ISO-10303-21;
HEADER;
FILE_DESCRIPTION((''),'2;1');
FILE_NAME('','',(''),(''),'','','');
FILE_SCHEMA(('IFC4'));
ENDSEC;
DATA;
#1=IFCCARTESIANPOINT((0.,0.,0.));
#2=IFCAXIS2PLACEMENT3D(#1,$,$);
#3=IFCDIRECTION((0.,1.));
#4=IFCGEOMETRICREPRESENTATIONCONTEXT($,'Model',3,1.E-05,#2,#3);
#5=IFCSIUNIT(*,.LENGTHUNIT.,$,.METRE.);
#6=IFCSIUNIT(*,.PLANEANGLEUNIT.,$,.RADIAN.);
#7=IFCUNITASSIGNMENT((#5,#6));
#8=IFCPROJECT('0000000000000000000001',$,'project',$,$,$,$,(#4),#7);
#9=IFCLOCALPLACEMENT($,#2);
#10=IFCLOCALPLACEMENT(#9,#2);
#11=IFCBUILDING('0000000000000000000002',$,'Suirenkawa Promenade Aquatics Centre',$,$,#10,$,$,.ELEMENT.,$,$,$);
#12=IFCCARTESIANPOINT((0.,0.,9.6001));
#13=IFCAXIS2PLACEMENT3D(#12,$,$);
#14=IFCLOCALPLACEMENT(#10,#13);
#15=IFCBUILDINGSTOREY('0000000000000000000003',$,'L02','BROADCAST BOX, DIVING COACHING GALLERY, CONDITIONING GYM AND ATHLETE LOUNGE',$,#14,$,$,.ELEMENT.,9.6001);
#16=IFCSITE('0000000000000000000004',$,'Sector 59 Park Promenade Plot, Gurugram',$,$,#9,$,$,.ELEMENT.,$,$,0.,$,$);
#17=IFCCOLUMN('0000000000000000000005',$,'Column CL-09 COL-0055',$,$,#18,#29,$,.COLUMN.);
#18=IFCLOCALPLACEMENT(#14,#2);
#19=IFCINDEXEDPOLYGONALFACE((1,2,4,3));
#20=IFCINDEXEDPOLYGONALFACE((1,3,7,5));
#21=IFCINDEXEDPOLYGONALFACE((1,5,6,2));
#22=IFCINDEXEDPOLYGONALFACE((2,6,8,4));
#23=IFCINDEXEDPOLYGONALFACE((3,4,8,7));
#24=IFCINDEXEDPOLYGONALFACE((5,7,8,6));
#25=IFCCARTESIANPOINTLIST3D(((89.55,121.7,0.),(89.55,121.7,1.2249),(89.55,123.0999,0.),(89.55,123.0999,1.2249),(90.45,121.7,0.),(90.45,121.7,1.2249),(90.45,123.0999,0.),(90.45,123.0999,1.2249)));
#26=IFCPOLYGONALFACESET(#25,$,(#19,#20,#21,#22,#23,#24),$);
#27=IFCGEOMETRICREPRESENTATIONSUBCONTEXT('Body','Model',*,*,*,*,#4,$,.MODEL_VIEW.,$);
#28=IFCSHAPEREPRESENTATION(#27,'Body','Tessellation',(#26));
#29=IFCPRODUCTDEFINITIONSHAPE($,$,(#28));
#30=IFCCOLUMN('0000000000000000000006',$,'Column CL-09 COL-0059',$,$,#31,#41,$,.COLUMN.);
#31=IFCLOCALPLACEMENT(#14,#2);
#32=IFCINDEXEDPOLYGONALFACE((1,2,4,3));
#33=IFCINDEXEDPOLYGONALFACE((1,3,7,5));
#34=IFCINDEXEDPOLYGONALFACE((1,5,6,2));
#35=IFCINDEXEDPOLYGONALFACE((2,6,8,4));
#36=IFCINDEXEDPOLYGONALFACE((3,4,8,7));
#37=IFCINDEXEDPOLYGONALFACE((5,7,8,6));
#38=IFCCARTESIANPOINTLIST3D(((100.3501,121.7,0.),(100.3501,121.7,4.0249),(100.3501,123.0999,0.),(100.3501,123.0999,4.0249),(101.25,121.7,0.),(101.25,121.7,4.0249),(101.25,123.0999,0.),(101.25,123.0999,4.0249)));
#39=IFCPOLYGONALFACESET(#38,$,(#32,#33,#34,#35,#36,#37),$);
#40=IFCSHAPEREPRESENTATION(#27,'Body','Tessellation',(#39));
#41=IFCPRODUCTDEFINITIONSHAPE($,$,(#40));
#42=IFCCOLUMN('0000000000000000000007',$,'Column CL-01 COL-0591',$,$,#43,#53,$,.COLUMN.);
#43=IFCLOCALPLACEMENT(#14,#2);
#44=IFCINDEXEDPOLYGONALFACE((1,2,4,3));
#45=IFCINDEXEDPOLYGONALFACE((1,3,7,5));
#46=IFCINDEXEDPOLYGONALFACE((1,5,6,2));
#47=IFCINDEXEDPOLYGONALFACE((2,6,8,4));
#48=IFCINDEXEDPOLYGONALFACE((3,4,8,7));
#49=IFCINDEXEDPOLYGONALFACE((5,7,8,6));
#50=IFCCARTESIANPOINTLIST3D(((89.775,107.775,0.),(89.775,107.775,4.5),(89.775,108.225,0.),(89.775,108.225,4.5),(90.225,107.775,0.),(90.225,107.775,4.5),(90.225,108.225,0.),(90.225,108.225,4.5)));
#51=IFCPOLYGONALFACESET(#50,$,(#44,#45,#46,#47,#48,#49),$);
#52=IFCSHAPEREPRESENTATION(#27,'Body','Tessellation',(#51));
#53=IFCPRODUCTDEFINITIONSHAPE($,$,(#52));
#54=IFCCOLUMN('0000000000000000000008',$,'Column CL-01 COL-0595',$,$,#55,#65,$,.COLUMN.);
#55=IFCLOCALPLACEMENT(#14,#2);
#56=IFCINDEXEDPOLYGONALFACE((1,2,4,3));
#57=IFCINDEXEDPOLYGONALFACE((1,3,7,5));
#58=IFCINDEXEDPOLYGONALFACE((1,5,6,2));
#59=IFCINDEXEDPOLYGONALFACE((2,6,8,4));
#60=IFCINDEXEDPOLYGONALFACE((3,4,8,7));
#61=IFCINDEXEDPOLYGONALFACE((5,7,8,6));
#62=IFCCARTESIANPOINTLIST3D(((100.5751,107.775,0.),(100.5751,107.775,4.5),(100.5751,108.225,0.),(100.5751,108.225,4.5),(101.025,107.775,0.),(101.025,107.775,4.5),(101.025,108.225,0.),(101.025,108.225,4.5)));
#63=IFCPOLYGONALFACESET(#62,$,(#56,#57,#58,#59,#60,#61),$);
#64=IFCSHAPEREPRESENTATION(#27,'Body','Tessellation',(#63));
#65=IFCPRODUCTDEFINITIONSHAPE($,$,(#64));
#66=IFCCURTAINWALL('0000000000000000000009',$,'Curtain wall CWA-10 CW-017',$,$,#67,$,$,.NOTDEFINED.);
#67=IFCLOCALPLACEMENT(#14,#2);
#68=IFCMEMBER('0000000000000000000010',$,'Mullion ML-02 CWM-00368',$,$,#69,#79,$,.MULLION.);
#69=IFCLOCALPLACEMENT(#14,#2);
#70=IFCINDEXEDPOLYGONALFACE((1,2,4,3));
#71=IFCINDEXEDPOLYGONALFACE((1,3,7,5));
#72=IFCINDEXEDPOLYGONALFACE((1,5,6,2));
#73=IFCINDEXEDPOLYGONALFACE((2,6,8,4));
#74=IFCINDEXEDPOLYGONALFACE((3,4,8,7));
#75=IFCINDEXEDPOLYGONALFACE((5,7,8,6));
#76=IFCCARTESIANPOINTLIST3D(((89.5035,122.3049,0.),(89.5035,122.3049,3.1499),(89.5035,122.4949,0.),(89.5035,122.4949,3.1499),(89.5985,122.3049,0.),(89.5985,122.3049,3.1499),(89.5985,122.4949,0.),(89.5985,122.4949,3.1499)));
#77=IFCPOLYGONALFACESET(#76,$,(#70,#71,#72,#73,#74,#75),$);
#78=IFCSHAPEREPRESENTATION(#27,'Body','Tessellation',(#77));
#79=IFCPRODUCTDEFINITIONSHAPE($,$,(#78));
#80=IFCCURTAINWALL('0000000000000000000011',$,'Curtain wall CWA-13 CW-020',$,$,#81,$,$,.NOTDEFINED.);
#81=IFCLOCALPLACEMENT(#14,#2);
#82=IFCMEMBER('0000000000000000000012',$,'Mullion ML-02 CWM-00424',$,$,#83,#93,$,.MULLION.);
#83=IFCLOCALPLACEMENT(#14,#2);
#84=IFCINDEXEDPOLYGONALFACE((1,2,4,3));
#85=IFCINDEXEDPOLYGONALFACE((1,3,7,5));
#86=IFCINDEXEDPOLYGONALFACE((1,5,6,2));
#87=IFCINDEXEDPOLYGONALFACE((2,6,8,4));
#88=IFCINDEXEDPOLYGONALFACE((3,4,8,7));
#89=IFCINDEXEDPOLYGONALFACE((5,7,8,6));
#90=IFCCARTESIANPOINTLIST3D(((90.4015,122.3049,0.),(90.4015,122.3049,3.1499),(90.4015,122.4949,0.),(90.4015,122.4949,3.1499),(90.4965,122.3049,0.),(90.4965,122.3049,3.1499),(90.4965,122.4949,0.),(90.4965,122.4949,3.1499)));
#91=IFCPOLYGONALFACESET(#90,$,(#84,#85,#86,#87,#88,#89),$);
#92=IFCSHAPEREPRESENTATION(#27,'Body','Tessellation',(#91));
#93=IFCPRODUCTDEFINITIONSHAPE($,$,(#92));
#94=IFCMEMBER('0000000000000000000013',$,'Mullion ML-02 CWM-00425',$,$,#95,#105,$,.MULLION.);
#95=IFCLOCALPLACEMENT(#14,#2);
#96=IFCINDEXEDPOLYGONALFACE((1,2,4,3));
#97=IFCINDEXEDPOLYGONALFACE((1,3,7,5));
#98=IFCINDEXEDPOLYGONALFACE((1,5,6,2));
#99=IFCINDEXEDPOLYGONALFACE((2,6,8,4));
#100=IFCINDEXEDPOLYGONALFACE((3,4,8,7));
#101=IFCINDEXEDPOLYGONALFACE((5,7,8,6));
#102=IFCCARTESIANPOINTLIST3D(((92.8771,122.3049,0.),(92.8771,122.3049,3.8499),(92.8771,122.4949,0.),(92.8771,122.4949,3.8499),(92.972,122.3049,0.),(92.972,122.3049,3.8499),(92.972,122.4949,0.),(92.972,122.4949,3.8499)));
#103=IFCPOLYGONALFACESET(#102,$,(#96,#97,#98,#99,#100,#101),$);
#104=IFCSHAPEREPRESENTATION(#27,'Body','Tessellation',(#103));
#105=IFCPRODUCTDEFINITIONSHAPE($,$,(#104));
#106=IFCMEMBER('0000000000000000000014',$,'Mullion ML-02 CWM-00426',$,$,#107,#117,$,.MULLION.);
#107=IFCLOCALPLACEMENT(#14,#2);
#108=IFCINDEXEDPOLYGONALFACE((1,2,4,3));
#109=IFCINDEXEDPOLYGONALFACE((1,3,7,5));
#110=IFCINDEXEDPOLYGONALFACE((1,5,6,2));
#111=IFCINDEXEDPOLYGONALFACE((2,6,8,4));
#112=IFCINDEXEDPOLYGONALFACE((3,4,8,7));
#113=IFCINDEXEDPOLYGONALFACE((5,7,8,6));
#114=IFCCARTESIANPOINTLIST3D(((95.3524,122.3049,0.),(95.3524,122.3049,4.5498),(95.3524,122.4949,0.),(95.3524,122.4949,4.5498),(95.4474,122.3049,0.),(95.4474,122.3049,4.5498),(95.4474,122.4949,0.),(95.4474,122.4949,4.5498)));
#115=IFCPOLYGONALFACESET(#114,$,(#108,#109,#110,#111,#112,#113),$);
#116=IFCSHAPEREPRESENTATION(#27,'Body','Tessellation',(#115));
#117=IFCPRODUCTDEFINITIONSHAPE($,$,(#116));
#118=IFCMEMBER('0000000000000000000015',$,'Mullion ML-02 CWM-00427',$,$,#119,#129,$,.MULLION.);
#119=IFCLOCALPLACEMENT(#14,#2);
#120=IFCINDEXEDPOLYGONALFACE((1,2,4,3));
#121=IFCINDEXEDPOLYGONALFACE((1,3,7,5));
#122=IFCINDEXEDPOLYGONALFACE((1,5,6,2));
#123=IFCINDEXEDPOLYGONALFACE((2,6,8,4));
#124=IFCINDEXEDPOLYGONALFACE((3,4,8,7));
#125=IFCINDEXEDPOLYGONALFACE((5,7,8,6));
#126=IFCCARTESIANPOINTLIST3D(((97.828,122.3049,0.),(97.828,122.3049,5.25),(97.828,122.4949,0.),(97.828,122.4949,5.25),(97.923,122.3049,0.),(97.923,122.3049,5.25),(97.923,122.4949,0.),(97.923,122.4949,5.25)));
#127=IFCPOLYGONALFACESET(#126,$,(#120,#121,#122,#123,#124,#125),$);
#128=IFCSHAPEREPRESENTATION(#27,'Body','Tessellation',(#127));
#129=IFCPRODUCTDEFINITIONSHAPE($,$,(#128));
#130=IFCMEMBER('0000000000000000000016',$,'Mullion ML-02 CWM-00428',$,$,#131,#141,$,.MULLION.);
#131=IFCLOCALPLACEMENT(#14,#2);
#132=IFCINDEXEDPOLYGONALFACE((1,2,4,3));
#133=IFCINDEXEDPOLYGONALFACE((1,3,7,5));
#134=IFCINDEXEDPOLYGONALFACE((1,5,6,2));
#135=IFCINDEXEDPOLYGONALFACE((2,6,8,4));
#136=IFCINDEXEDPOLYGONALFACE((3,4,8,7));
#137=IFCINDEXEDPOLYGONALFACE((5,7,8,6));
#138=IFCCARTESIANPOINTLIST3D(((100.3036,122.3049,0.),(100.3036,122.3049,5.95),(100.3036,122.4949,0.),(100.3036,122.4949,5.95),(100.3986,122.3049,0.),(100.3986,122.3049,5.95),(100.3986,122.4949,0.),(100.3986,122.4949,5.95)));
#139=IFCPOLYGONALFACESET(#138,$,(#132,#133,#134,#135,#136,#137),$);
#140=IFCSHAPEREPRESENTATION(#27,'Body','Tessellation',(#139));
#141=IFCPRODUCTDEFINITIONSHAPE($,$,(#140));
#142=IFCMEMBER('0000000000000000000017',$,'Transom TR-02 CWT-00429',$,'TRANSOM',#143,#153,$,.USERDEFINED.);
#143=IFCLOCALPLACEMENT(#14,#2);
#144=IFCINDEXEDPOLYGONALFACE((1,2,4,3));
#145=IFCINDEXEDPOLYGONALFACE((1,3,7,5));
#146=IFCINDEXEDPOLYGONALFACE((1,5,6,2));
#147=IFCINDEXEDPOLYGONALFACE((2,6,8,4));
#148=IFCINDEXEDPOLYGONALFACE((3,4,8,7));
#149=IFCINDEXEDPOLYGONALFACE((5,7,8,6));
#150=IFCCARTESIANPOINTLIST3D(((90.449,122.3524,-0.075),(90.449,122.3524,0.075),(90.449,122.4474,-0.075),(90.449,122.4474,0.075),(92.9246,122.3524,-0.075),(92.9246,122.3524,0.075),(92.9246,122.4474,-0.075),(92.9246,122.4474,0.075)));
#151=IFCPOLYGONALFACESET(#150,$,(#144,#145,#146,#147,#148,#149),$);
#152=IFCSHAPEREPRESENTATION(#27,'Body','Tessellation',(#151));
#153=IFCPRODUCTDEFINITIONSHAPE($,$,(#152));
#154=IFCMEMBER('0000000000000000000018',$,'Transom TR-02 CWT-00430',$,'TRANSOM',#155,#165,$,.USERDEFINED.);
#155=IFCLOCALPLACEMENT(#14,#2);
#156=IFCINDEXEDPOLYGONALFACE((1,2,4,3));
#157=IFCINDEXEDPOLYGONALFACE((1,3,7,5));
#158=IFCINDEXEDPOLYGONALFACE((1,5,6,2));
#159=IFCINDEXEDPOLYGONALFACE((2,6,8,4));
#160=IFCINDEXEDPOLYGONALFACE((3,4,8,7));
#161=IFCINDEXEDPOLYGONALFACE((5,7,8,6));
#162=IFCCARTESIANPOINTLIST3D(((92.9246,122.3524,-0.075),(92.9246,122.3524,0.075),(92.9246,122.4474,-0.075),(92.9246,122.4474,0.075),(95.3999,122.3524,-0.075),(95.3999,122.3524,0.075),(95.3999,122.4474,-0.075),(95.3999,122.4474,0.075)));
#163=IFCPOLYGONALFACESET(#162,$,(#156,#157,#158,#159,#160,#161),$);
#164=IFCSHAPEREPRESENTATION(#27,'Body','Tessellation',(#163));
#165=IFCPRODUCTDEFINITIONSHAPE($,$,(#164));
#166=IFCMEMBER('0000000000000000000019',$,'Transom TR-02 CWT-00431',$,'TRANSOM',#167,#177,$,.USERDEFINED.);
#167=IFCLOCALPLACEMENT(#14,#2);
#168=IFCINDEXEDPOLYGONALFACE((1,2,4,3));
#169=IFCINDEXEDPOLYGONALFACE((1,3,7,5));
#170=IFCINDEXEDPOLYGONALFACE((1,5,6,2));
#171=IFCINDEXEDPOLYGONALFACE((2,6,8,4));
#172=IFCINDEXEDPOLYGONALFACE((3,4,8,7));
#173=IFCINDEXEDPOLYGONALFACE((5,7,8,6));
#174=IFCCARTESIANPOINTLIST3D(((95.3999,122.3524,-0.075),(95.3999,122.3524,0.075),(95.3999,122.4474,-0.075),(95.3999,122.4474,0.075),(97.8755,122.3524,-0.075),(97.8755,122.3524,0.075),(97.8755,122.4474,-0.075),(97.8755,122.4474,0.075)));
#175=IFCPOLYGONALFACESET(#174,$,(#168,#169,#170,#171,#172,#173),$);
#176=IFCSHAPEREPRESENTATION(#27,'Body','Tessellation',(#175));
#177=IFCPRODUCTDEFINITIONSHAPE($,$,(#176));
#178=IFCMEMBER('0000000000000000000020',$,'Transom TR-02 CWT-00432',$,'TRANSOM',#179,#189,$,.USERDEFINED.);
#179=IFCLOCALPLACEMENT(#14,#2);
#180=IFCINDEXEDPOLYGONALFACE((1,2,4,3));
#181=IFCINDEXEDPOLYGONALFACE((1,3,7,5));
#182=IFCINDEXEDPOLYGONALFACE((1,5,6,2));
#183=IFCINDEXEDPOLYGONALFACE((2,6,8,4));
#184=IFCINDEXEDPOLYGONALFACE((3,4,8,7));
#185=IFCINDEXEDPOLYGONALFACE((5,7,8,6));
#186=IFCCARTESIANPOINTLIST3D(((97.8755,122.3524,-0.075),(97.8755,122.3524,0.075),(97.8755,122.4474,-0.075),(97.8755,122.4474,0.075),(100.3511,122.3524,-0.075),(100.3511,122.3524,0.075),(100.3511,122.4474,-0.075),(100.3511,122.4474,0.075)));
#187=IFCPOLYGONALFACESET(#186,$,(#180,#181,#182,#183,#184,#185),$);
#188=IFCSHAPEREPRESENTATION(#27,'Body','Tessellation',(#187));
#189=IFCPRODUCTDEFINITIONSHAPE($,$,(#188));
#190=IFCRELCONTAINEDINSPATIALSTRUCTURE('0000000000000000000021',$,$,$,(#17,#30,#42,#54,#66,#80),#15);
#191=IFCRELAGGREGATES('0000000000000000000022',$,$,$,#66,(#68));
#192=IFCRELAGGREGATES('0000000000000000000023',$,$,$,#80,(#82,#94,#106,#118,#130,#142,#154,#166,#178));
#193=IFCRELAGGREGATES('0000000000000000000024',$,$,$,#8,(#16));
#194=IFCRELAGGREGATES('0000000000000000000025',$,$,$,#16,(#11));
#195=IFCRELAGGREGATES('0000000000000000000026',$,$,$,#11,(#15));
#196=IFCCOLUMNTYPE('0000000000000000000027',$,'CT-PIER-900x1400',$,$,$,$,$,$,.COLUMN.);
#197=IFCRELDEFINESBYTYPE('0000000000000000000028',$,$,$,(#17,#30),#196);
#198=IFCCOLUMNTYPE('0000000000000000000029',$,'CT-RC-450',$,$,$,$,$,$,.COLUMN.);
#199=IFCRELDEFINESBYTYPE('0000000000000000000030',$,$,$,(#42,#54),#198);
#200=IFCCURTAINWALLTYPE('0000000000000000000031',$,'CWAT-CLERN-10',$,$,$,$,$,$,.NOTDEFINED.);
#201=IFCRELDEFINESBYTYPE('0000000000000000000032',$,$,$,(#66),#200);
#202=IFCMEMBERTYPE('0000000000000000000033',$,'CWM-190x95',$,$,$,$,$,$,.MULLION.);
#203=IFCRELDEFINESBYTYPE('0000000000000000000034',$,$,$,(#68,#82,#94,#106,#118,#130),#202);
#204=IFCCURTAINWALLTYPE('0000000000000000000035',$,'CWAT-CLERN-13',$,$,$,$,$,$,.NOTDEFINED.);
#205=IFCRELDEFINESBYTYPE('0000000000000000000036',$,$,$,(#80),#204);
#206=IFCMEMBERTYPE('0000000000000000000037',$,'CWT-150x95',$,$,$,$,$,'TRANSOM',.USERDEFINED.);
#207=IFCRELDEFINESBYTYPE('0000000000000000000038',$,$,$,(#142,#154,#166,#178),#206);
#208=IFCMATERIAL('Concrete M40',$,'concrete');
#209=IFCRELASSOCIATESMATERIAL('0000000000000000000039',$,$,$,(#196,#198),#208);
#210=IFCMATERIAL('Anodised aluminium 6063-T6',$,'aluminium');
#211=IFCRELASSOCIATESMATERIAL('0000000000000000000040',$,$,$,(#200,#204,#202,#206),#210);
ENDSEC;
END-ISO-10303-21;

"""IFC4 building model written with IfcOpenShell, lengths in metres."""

from ifc_helpers import new_model, si_unit, direction, frame, origin, origin_2d, place, context, subcontext, project, spatial, rectangle, extrude, material, material_profile, profile_set, type_object, element, aggregate, save


model = new_model("IFC4")

# Units and contexts
model_context = context("Model", 3, precision=1e-05, world=origin(), true_north=direction((0.0, 1.0)))
body_context = subcontext(model_context, "Body", "Model", "MODEL_VIEW")
ifc_project = project(units=[si_unit("LENGTHUNIT", "METRE"), si_unit("PLANEANGLEUNIT", "RADIAN")], contexts=[model_context])

# Site, building, storey
site_placement = place(None, origin())
site = spatial("IfcSite", under=ifc_project, at=site_placement, Name="Sector 59 Park Promenade Plot, Gurugram", CompositionType="ELEMENT", RefElevation=0.0)
building_placement = place(site_placement, origin())
building = spatial("IfcBuilding", under=site, at=building_placement, Name="Suirenkawa Promenade Aquatics Centre", CompositionType="ELEMENT")
storey_placement = place(building_placement, frame((0.0, 0.0, 9.6001)))
storey = spatial("IfcBuildingStorey", under=building, at=storey_placement, Name="L02", Description="BROADCAST BOX, DIVING COACHING GALLERY, CONDITIONING GYM AND ATHLETE LOUNGE", CompositionType="ELEMENT", Elevation=9.6001)

# Columns
ifc_material_1 = material(Name="Concrete M40", Category="concrete")
ifc_material_profile_1 = material_profile(ifc_material_1, rectangle(XDim=0.8999, YDim=1.3999, at=origin_2d()), Name="RC PIER 900x1400", Category="concrete")
ifc_profile_set_1 = profile_set([ifc_material_profile_1], Name="Concrete M40")
column_type_1 = type_object("IfcColumnType", Name="CT-PIER-900x1400", PredefinedType="COLUMN", material=ifc_profile_set_1)
column_1_placement = place(storey_placement, frame((90.0, 122.3999, 0.0), z_axis=(0.0, 0.0, 1.0), x_axis=(1.0, 0.0, 0.0)))
element("IfcColumn", 1, at=column_1_placement, inside=storey, type_object=column_type_1, Name="Column CL-09 COL-0055", PredefinedType="COLUMN", context=body_context, shape_type="SweptSolid", body=[
    extrude(rectangle(XDim=0.8999, YDim=1.3999, at=origin_2d()), origin(), (0.0, 0.0, 1.0), 1.2249),
])
column_2_placement = place(storey_placement, frame((100.8, 122.3999, 0.0), z_axis=(0.0, 0.0, 1.0), x_axis=(1.0, 0.0, 0.0)))
element("IfcColumn", 2, at=column_2_placement, inside=storey, type_object=column_type_1, Name="Column CL-09 COL-0059", PredefinedType="COLUMN", context=body_context, shape_type="SweptSolid", body=[
    extrude(rectangle(XDim=0.8999, YDim=1.3999, at=origin_2d()), origin(), (0.0, 0.0, 1.0), 4.0249),
])
ifc_material_profile_2 = material_profile(ifc_material_1, rectangle(XDim=0.45, YDim=0.45, at=origin_2d()), Name="RC COL 450x450", Category="concrete")
ifc_profile_set_2 = profile_set([ifc_material_profile_2], Name="Concrete M40")
column_type_2 = type_object("IfcColumnType", Name="CT-RC-450", PredefinedType="COLUMN", material=ifc_profile_set_2)
for number, where, z_axis, x_axis, name in (
    (3, (90.0, 108.0, 0.0), (0.0, 0.0, 1.0), (1.0, 0.0, 0.0), "Column CL-01 COL-0591"),
    (4, (100.8, 108.0, 0.0), (0.0, 0.0, 1.0), (1.0, 0.0, 0.0), "Column CL-01 COL-0595"),
):
    element("IfcColumn", number, at=place(storey_placement, frame(where, z_axis=z_axis, x_axis=x_axis)), inside=storey, type_object=column_type_2, Name=name, PredefinedType="COLUMN", context=body_context, shape_type="SweptSolid", body=[
        extrude(rectangle(XDim=0.45, YDim=0.45, at=origin_2d()), origin(), (0.0, 0.0, 1.0), 4.5),
    ])

# Curtain wall, member
ifc_material_2 = material(Name="Anodised aluminium 6063-T6", Category="aluminium")
curtain_wall_type_1 = type_object("IfcCurtainWallType", Name="CWAT-CLERN-10", PredefinedType="NOTDEFINED", material=ifc_material_2)
curtain_wall_1_placement = place(storey_placement, origin())
curtain_wall_1 = element("IfcCurtainWall", 5, at=curtain_wall_1_placement, inside=storey, type_object=curtain_wall_type_1, Name="Curtain wall CWA-10 CW-017", PredefinedType="NOTDEFINED")
ifc_material_profile_3 = material_profile(ifc_material_2, rectangle(XDim=0.095, YDim=0.1899, at=origin_2d()), Name="ALU MULL 95x190", Category="aluminium")
ifc_profile_set_3 = profile_set([ifc_material_profile_3], Name="Anodised aluminium 6063-T6")
member_type_1 = type_object("IfcMemberType", Name="CWM-190x95", PredefinedType="MULLION", material=ifc_profile_set_3)
member_1_placement = place(storey_placement, frame((89.551, 122.3999, 0.0), z_axis=(0.0, 0.0, 1.0), x_axis=(1.0, 0.0, 0.0)))
member_1 = element("IfcMember", 6, at=member_1_placement, type_object=member_type_1, Name="Mullion ML-02 CWM-00368", PredefinedType="MULLION", context=body_context, shape_type="SweptSolid", body=[
    extrude(rectangle(XDim=0.095, YDim=0.1899, at=origin_2d()), origin(), (0.0, 0.0, 1.0), 3.1499),
])
aggregate(curtain_wall_1, [member_1])

# Curtain wall, members
curtain_wall_type_2 = type_object("IfcCurtainWallType", Name="CWAT-CLERN-13", PredefinedType="NOTDEFINED", material=ifc_material_2)
curtain_wall_2_placement = place(storey_placement, origin())
curtain_wall_2 = element("IfcCurtainWall", 7, at=curtain_wall_2_placement, inside=storey, type_object=curtain_wall_type_2, Name="Curtain wall CWA-13 CW-020", PredefinedType="NOTDEFINED")
member_2_placement = place(storey_placement, frame((90.449, 122.3999, 0.0), z_axis=(0.0, 0.0, 1.0), x_axis=(1.0, 0.0, 0.0)))
member_2 = element("IfcMember", 8, at=member_2_placement, type_object=member_type_1, Name="Mullion ML-02 CWM-00424", PredefinedType="MULLION", context=body_context, shape_type="SweptSolid", body=[
    extrude(rectangle(XDim=0.095, YDim=0.1899, at=origin_2d()), origin(), (0.0, 0.0, 1.0), 3.1499),
])
member_3_placement = place(storey_placement, frame((92.9246, 122.3999, 0.0), z_axis=(0.0, 0.0, 1.0), x_axis=(1.0, 0.0, 0.0)))
member_3 = element("IfcMember", 9, at=member_3_placement, type_object=member_type_1, Name="Mullion ML-02 CWM-00425", PredefinedType="MULLION", context=body_context, shape_type="SweptSolid", body=[
    extrude(rectangle(XDim=0.095, YDim=0.1899, at=origin_2d()), origin(), (0.0, 0.0, 1.0), 3.8499),
])
member_4_placement = place(storey_placement, frame((95.3999, 122.3999, 0.0), z_axis=(0.0, 0.0, 1.0), x_axis=(1.0, 0.0, 0.0)))
member_4 = element("IfcMember", 10, at=member_4_placement, type_object=member_type_1, Name="Mullion ML-02 CWM-00426", PredefinedType="MULLION", context=body_context, shape_type="SweptSolid", body=[
    extrude(rectangle(XDim=0.095, YDim=0.1899, at=origin_2d()), origin(), (0.0, 0.0, 1.0), 4.5498),
])
member_5_placement = place(storey_placement, frame((97.8755, 122.3999, 0.0), z_axis=(0.0, 0.0, 1.0), x_axis=(1.0, 0.0, 0.0)))
member_5 = element("IfcMember", 11, at=member_5_placement, type_object=member_type_1, Name="Mullion ML-02 CWM-00427", PredefinedType="MULLION", context=body_context, shape_type="SweptSolid", body=[
    extrude(rectangle(XDim=0.095, YDim=0.1899, at=origin_2d()), origin(), (0.0, 0.0, 1.0), 5.25),
])
member_6_placement = place(storey_placement, frame((100.3511, 122.3999, 0.0), z_axis=(0.0, 0.0, 1.0), x_axis=(1.0, 0.0, 0.0)))
member_6 = element("IfcMember", 12, at=member_6_placement, type_object=member_type_1, Name="Mullion ML-02 CWM-00428", PredefinedType="MULLION", context=body_context, shape_type="SweptSolid", body=[
    extrude(rectangle(XDim=0.095, YDim=0.1899, at=origin_2d()), origin(), (0.0, 0.0, 1.0), 5.95),
])
ifc_material_profile_4 = material_profile(ifc_material_2, rectangle(XDim=0.095, YDim=0.1499, at=origin_2d()), Name="ALU TRAN 95x150", Category="aluminium")
ifc_profile_set_4 = profile_set([ifc_material_profile_4], Name="Anodised aluminium 6063-T6")
member_type_2 = type_object("IfcMemberType", Name="CWT-150x95", ElementType="TRANSOM", PredefinedType="USERDEFINED", material=ifc_profile_set_4)
member_7_placement = place(storey_placement, frame((90.449, 122.3999, 0.0), z_axis=(1.0, 0.0, 0.0), x_axis=(0.0, 1.0, 0.0)))
member_7 = element("IfcMember", 13, at=member_7_placement, type_object=member_type_2, Name="Transom TR-02 CWT-00429", ObjectType="TRANSOM", PredefinedType="USERDEFINED", context=body_context, shape_type="SweptSolid", body=[
    extrude(rectangle(XDim=0.095, YDim=0.1499, at=origin_2d()), origin(), (0.0, 0.0, 1.0), 2.4756),
])
member_8_placement = place(storey_placement, frame((92.9246, 122.3999, 0.0), z_axis=(1.0, 0.0, 0.0), x_axis=(0.0, 1.0, 0.0)))
member_8 = element("IfcMember", 14, at=member_8_placement, type_object=member_type_2, Name="Transom TR-02 CWT-00430", ObjectType="TRANSOM", PredefinedType="USERDEFINED", context=body_context, shape_type="SweptSolid", body=[
    extrude(rectangle(XDim=0.095, YDim=0.1499, at=origin_2d()), origin(), (0.0, 0.0, 1.0), 2.4753),
])
member_9_placement = place(storey_placement, frame((95.3999, 122.3999, 0.0), z_axis=(1.0, 0.0, 0.0), x_axis=(0.0, 1.0, 0.0)))
member_9 = element("IfcMember", 15, at=member_9_placement, type_object=member_type_2, Name="Transom TR-02 CWT-00431", ObjectType="TRANSOM", PredefinedType="USERDEFINED", context=body_context, shape_type="SweptSolid", body=[
    extrude(rectangle(XDim=0.095, YDim=0.1499, at=origin_2d()), origin(), (0.0, 0.0, 1.0), 2.4756),
])
member_10_placement = place(storey_placement, frame((97.8755, 122.3999, 0.0), z_axis=(1.0, 0.0, 0.0), x_axis=(0.0, 1.0, 0.0)))
member_10 = element("IfcMember", 16, at=member_10_placement, type_object=member_type_2, Name="Transom TR-02 CWT-00432", ObjectType="TRANSOM", PredefinedType="USERDEFINED", context=body_context, shape_type="SweptSolid", body=[
    extrude(rectangle(XDim=0.095, YDim=0.1499, at=origin_2d()), origin(), (0.0, 0.0, 1.0), 2.4756),
])
aggregate(curtain_wall_2, [member_2, member_3, member_4, member_5, member_6, member_7, member_8, member_9, member_10])

save(model, "model.ifc")
